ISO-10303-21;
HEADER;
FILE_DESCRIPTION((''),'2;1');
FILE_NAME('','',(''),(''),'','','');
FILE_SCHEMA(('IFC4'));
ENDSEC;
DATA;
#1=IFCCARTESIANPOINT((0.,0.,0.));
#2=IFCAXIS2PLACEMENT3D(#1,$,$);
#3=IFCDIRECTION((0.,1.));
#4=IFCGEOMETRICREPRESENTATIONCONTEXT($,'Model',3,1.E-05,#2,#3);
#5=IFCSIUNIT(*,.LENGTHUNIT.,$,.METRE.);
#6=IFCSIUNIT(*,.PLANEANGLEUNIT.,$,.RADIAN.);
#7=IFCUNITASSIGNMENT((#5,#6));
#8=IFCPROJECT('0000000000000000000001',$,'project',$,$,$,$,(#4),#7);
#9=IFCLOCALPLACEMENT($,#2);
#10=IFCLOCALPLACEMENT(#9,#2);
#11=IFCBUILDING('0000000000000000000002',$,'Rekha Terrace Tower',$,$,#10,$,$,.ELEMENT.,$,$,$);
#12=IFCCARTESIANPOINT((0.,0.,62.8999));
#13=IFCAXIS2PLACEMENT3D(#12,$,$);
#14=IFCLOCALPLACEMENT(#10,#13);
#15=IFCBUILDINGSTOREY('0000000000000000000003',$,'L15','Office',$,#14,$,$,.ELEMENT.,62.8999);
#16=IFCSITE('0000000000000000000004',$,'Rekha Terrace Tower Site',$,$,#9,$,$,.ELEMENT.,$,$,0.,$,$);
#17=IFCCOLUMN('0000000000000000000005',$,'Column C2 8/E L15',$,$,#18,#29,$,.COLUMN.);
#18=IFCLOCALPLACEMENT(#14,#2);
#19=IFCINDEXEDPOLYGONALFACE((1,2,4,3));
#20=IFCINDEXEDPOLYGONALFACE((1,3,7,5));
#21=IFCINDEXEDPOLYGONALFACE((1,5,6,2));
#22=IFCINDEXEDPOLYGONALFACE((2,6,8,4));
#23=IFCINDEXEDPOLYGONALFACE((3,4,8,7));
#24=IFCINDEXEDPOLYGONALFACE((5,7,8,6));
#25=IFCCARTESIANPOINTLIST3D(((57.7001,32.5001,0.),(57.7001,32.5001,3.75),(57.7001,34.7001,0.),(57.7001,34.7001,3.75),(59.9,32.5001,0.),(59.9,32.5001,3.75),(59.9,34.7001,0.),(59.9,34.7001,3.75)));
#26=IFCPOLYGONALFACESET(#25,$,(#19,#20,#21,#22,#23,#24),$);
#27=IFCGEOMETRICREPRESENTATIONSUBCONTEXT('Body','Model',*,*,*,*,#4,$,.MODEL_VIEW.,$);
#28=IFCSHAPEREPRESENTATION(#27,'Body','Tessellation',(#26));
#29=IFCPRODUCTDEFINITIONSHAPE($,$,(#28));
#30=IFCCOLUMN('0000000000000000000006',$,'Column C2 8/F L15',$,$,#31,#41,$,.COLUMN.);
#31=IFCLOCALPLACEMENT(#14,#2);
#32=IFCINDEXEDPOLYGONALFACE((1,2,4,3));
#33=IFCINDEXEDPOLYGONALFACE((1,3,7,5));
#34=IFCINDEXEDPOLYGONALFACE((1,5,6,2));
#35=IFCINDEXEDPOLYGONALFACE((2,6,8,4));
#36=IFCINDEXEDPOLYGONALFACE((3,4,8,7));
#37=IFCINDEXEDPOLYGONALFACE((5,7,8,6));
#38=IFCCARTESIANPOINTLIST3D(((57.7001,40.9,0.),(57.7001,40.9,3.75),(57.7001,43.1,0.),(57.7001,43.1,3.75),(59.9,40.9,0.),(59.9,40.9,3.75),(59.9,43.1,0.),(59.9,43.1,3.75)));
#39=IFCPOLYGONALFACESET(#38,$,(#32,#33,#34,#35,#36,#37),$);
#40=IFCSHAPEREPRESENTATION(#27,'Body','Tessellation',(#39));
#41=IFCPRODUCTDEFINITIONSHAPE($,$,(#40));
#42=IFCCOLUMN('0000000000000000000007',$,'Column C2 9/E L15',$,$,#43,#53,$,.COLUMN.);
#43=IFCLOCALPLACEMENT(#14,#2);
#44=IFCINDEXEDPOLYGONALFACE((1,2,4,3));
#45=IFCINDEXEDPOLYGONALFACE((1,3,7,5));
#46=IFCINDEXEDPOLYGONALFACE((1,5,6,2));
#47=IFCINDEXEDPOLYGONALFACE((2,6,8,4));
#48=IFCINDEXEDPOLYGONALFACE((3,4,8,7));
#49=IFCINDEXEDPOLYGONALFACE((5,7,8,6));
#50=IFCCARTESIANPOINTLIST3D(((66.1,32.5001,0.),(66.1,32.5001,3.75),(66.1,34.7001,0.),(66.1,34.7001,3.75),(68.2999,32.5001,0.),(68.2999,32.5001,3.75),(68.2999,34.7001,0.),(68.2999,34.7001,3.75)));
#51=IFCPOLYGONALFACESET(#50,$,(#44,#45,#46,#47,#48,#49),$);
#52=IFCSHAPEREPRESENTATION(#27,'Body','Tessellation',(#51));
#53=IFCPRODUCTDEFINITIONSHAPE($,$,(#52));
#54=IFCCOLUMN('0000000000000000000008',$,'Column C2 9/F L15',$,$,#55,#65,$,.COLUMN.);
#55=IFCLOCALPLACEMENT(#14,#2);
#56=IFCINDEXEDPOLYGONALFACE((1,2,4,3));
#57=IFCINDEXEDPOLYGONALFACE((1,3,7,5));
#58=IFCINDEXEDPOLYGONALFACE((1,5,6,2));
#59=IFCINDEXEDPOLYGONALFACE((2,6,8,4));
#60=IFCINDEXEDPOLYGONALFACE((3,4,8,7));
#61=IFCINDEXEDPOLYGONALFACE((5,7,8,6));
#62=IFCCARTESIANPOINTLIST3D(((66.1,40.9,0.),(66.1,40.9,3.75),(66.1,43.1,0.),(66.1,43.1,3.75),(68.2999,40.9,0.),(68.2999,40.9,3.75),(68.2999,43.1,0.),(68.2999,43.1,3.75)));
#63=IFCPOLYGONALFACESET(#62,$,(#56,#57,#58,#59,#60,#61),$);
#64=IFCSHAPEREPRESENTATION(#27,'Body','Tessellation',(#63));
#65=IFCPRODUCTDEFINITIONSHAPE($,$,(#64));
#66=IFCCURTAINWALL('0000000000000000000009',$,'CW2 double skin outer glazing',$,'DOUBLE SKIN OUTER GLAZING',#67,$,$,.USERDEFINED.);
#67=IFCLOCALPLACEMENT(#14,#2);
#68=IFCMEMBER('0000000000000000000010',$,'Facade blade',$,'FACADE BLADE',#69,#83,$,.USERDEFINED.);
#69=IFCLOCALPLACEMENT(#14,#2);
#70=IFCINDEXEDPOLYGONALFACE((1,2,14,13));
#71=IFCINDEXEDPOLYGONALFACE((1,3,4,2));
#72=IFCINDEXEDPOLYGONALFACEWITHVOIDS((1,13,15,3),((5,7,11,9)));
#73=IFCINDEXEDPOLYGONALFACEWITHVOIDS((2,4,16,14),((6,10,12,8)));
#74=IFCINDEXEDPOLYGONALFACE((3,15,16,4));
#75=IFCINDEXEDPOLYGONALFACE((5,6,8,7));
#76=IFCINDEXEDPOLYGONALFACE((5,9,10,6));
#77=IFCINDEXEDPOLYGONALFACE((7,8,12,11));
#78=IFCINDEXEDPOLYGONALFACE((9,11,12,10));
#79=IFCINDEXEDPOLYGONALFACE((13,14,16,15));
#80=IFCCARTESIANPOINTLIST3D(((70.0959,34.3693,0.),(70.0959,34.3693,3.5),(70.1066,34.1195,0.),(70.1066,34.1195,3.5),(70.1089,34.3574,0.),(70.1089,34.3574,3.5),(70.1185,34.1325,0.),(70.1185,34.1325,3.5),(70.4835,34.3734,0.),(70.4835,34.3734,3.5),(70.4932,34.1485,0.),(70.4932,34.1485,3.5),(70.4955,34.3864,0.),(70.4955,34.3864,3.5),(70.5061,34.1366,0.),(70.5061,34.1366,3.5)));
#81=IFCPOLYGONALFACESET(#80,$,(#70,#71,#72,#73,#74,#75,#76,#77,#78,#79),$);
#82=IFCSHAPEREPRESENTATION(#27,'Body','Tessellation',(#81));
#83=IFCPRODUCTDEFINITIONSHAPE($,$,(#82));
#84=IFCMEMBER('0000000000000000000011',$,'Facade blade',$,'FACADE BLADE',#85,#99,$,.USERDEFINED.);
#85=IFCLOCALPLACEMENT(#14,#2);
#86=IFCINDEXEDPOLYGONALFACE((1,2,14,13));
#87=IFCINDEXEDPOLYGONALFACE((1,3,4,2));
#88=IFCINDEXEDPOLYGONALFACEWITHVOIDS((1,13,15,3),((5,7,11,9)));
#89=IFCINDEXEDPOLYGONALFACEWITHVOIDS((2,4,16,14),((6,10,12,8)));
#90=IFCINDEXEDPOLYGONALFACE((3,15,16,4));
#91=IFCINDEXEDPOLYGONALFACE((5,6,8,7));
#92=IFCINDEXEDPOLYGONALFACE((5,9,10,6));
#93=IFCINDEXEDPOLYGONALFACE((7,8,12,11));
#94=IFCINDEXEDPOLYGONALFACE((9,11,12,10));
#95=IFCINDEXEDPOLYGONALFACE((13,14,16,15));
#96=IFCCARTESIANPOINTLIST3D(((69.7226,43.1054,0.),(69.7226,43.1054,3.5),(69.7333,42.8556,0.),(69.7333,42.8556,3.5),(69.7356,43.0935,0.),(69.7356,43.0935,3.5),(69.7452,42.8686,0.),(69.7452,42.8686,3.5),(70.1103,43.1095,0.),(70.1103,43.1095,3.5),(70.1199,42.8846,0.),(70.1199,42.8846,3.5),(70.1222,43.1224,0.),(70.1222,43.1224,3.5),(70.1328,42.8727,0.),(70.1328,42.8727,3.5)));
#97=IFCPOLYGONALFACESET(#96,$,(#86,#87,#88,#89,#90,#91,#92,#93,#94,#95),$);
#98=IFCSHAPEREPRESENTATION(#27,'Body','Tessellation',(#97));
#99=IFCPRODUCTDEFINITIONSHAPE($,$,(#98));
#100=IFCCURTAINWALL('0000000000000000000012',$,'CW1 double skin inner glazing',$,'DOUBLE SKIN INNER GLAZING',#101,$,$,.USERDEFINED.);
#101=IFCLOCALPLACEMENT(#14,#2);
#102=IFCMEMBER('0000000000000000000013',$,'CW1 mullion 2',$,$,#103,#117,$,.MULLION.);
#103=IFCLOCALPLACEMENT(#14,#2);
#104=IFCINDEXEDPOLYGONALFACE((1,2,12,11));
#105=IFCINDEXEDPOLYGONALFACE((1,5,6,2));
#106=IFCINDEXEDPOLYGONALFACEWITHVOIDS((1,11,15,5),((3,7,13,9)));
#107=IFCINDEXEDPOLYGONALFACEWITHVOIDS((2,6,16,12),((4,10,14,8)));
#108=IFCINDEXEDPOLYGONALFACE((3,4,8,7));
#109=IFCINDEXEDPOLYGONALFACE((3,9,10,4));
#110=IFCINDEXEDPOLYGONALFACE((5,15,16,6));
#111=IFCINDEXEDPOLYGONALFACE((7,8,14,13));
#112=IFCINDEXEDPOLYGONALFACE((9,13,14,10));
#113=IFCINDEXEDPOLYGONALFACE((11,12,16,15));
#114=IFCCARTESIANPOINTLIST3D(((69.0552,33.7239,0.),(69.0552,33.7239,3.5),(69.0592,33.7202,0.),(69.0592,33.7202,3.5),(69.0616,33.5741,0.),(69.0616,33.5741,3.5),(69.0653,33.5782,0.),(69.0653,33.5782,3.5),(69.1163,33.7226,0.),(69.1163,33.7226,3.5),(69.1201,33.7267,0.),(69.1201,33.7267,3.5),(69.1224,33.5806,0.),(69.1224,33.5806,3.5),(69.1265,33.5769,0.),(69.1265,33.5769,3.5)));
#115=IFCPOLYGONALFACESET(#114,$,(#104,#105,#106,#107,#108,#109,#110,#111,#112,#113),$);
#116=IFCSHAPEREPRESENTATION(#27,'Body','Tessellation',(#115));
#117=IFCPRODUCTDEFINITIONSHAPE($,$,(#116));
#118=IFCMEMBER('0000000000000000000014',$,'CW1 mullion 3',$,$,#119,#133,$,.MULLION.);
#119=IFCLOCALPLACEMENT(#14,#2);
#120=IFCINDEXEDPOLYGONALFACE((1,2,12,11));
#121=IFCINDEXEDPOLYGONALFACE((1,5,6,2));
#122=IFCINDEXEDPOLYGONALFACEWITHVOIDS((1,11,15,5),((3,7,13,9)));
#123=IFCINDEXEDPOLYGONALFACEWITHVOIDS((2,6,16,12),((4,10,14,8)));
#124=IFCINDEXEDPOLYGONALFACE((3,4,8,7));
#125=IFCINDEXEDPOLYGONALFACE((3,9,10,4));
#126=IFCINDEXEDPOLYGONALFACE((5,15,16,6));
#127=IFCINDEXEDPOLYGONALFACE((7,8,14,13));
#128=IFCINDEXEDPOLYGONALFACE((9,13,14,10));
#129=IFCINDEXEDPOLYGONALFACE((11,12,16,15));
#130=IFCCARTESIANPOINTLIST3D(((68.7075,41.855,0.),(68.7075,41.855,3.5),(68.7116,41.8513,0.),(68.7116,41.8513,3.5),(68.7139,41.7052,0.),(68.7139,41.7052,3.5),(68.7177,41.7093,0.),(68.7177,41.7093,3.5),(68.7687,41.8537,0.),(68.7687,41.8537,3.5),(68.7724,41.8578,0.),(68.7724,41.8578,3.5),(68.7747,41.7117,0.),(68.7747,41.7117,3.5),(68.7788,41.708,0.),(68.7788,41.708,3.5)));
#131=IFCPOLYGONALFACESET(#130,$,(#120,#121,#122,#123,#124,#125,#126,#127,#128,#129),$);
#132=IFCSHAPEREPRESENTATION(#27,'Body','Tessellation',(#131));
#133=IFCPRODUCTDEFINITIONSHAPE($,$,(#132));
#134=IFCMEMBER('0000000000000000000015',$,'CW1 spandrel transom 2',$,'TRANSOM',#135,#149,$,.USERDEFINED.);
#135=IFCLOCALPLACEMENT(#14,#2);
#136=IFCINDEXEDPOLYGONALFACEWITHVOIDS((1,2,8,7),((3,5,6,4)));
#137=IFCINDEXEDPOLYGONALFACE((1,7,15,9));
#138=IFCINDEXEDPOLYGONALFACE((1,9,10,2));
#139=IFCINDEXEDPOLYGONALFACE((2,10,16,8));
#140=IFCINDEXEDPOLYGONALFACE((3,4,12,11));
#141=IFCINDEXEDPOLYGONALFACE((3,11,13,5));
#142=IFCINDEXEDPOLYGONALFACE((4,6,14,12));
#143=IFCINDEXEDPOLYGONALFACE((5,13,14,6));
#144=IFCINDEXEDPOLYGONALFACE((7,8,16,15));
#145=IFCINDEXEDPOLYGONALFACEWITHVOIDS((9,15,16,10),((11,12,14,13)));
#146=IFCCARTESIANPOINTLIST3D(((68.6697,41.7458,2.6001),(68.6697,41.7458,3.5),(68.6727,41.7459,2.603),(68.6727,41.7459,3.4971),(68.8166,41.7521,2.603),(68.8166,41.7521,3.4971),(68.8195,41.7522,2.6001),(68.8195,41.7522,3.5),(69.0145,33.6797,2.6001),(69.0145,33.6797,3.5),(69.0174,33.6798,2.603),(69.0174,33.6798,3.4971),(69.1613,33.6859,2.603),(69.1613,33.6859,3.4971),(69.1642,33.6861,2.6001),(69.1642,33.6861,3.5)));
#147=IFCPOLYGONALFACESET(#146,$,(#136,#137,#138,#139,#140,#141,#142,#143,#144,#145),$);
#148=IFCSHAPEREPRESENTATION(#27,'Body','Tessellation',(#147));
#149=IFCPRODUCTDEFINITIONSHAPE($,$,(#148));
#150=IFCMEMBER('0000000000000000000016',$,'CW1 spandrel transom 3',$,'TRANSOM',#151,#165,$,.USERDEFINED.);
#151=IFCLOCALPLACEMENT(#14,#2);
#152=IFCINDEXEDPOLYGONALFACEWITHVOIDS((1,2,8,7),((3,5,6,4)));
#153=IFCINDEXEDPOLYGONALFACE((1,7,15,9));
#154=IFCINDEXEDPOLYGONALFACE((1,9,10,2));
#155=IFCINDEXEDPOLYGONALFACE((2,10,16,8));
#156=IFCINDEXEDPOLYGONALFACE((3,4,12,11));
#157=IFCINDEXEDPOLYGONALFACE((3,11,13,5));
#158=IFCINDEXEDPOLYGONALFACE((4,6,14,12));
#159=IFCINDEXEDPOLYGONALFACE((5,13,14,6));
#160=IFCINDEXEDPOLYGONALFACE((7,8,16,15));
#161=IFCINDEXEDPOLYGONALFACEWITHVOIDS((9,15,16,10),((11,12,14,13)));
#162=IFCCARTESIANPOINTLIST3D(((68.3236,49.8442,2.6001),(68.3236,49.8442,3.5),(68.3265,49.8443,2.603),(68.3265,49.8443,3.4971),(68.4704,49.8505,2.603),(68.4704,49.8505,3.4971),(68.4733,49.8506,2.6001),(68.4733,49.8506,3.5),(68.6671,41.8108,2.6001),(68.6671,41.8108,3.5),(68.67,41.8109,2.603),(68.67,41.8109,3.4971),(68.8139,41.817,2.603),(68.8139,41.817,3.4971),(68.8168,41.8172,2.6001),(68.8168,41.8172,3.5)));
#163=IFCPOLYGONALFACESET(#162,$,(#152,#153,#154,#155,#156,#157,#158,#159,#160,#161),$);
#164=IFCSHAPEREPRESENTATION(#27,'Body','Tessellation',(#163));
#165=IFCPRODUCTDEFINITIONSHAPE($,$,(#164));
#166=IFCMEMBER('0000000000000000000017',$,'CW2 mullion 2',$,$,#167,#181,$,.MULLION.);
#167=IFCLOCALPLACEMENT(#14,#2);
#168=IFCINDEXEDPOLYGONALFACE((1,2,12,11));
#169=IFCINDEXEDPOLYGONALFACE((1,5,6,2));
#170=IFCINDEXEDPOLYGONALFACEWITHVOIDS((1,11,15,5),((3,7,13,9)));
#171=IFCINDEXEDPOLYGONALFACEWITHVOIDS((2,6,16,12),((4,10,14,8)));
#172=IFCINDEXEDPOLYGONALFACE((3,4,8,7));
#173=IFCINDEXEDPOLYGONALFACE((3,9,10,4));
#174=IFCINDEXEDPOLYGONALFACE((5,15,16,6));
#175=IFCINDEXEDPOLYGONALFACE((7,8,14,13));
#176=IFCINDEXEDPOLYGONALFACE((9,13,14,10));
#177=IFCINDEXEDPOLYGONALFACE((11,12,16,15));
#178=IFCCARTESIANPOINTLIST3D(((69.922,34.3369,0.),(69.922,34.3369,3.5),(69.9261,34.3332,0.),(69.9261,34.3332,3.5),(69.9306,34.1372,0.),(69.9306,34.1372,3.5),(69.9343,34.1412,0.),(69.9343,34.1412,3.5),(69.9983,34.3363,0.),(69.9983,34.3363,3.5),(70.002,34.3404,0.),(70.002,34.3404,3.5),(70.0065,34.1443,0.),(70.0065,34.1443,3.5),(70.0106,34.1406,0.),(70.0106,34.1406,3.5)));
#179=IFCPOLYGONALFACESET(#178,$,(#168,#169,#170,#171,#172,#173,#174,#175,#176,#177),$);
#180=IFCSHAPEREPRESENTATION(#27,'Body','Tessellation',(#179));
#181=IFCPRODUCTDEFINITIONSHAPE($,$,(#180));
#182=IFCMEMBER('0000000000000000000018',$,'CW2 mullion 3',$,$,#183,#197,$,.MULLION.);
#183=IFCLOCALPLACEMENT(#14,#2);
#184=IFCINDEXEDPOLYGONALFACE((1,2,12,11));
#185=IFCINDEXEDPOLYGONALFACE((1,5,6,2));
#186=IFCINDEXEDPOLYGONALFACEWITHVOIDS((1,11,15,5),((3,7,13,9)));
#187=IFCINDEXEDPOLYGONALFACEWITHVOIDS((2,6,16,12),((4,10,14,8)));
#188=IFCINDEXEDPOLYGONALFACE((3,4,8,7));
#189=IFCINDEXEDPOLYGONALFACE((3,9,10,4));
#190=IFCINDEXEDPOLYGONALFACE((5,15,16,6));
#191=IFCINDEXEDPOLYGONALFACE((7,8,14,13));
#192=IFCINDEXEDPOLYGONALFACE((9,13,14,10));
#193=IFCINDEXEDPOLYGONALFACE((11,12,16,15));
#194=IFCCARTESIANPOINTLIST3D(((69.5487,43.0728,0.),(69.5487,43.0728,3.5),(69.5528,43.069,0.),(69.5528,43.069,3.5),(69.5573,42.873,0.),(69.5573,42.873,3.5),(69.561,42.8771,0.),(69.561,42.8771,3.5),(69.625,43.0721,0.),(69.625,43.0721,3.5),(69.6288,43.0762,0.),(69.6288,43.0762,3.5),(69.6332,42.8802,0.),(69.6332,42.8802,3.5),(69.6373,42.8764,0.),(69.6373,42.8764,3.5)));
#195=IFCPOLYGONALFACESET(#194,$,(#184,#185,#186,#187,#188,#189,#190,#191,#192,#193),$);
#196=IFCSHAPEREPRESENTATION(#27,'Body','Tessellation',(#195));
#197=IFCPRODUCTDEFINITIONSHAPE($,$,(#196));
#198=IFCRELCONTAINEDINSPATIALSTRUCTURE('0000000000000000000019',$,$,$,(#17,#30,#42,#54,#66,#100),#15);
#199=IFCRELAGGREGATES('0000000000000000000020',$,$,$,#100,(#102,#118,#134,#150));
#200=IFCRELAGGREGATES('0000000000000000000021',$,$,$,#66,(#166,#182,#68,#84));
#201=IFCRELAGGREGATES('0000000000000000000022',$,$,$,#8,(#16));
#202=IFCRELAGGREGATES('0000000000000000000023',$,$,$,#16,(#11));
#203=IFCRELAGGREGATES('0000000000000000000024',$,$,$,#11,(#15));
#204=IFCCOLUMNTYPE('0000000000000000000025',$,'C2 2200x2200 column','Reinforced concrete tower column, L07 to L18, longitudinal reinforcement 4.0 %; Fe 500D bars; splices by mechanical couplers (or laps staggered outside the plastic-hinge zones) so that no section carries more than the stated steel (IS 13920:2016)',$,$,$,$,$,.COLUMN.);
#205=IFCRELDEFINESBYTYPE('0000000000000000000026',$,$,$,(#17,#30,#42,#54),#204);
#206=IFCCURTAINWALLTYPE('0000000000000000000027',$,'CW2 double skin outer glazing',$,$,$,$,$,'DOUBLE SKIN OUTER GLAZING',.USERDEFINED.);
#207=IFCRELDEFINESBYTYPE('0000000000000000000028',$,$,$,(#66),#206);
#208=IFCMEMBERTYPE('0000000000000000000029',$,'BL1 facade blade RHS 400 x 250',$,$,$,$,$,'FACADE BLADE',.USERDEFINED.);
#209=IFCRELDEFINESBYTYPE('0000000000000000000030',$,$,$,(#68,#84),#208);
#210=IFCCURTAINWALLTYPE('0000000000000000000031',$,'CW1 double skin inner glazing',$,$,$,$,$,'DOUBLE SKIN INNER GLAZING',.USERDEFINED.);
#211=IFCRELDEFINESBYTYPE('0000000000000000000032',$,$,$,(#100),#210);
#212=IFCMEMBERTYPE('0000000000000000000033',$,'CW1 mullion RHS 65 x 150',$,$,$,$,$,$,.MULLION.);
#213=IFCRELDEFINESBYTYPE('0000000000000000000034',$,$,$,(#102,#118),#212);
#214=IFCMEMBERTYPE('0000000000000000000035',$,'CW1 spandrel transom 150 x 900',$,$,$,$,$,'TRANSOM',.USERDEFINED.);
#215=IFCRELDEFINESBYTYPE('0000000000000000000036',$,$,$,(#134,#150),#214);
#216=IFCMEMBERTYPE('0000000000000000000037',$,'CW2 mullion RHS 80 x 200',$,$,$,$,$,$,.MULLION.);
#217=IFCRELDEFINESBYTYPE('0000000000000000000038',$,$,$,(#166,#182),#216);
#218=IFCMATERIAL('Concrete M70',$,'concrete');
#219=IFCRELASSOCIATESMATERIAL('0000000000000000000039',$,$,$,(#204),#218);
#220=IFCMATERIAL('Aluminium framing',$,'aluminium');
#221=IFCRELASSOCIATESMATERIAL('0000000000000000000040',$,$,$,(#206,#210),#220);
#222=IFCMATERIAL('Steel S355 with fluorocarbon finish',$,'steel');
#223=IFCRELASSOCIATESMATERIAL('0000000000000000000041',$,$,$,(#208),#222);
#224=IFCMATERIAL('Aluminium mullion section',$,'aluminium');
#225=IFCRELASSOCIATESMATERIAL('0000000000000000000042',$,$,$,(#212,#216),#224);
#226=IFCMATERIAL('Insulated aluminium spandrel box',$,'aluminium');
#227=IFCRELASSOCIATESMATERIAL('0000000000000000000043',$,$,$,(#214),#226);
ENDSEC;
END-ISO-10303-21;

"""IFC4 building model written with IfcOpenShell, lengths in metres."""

from ifc_helpers import new_model, si_unit, direction, frame, origin, origin_2d, place, context, subcontext, project, spatial, rectangle, hollow_rectangle, extrude, material, material_profile, profile_set, type_object, element, aggregate, save


model = new_model("IFC4")

# Units and contexts
model_context = context("Model", 3, precision=1e-05, world=origin(), true_north=direction((0.0, 1.0)))
body_context = subcontext(model_context, "Body", "Model", "MODEL_VIEW")
ifc_project = project(units=[si_unit("LENGTHUNIT", "METRE"), si_unit("PLANEANGLEUNIT", "RADIAN")], contexts=[model_context])

# Site, building, storey
site_placement = place(None, origin())
site = spatial("IfcSite", under=ifc_project, at=site_placement, Name="Rekha Terrace Tower Site", CompositionType="ELEMENT", RefElevation=0.0)
building_placement = place(site_placement, origin())
building = spatial("IfcBuilding", under=site, at=building_placement, Name="Rekha Terrace Tower", CompositionType="ELEMENT")
storey_placement = place(building_placement, frame((0.0, 0.0, 62.8999)))
storey = spatial("IfcBuildingStorey", under=building, at=storey_placement, Name="L15", Description="Office", CompositionType="ELEMENT", Elevation=62.8999)

# Columns
ifc_material_1 = material(Name="Concrete M70", Category="concrete")
ifc_material_profile_1 = material_profile(ifc_material_1, rectangle(XDim=2.2, YDim=2.2, at=origin_2d()), Name="RC 2200x2200")
ifc_profile_set_1 = profile_set([ifc_material_profile_1], Name="Concrete M70")
column_type = type_object("IfcColumnType", Name="C2 2200x2200 column", Description="Reinforced concrete tower column, L07 to L18, longitudinal reinforcement 4.0 %; Fe 500D bars; splices by mechanical couplers (or laps staggered outside the plastic-hinge zones) so that no section carries more than the stated steel (IS 13920:2016)", PredefinedType="COLUMN", material=ifc_profile_set_1)
for number, where, z_axis, x_axis, name in (
    (1, (58.8, 33.6001, 0.0), (0.0, 0.0, 1.0), (1.0, 0.0, 0.0), "Column C2 8/E L15"),
    (2, (58.8, 42.0, 0.0), (0.0, 0.0, 1.0), (1.0, 0.0, 0.0), "Column C2 8/F L15"),
    (3, (67.2, 33.6001, 0.0), (0.0, 0.0, 1.0), (1.0, 0.0, 0.0), "Column C2 9/E L15"),
    (4, (67.2, 42.0, 0.0), (0.0, 0.0, 1.0), (1.0, 0.0, 0.0), "Column C2 9/F L15"),
):
    element("IfcColumn", number, at=place(storey_placement, frame(where, z_axis=z_axis, x_axis=x_axis)), inside=storey, type_object=column_type, Name=name, PredefinedType="COLUMN", context=body_context, shape_type="SweptSolid", body=[
        extrude(rectangle(XDim=2.2, YDim=2.2, at=origin_2d()), origin(), (0.0, 0.0, 1.0), 3.75),
    ])

# Curtain walls, members
ifc_material_2 = material(Name="Aluminium framing", Category="aluminium")
curtain_wall_type_1 = type_object("IfcCurtainWallType", Name="CW2 double skin outer glazing", ElementType="DOUBLE SKIN OUTER GLAZING", PredefinedType="USERDEFINED", material=ifc_material_2)
curtain_wall_1_placement = place(storey_placement, origin())
curtain_wall_1 = element("IfcCurtainWall", 5, at=curtain_wall_1_placement, inside=storey, type_object=curtain_wall_type_1, Name="CW2 double skin outer glazing", ObjectType="DOUBLE SKIN OUTER GLAZING", PredefinedType="USERDEFINED")
ifc_material_3 = material(Name="Steel S355 with fluorocarbon finish", Category="steel")
ifc_material_profile_2 = material_profile(ifc_material_3, hollow_rectangle(XDim=0.25, YDim=0.3999, WallThickness=0.0125, at=origin_2d()), Name="RHS400x250x12.5")
ifc_profile_set_2 = profile_set([ifc_material_profile_2], Name="Steel S355 with fluorocarbon finish")
member_type_1 = type_object("IfcMemberType", Name="BL1 facade blade RHS 400 x 250", ElementType="FACADE BLADE", PredefinedType="USERDEFINED", material=ifc_profile_set_2)
member_1_placement = place(storey_placement, frame((70.301, 34.2529, 0.0), z_axis=(0.0, 0.0, 1.0), x_axis=(-0.042695, 0.999088, 0.0)))
member_1 = element("IfcMember", 6, at=member_1_placement, type_object=member_type_1, Name="Facade blade", ObjectType="FACADE BLADE", PredefinedType="USERDEFINED", context=body_context, shape_type="SweptSolid", body=[
    extrude(hollow_rectangle(XDim=0.25, YDim=0.3999, WallThickness=0.0125, at=origin_2d()), origin(), (0.0, 0.0, 1.0), 3.5),
])
member_2_placement = place(storey_placement, frame((69.9277, 42.989, 0.0), z_axis=(0.0, 0.0, 1.0), x_axis=(-0.042695, 0.999088, 0.0)))
member_2 = element("IfcMember", 7, at=member_2_placement, type_object=member_type_1, Name="Facade blade", ObjectType="FACADE BLADE", PredefinedType="USERDEFINED", context=body_context, shape_type="SweptSolid", body=[
    extrude(hollow_rectangle(XDim=0.25, YDim=0.3999, WallThickness=0.0125, at=origin_2d()), origin(), (0.0, 0.0, 1.0), 3.5),
])
curtain_wall_type_2 = type_object("IfcCurtainWallType", Name="CW1 double skin inner glazing", ElementType="DOUBLE SKIN INNER GLAZING", PredefinedType="USERDEFINED", material=ifc_material_2)
curtain_wall_2_placement = place(storey_placement, origin())
curtain_wall_2 = element("IfcCurtainWall", 8, at=curtain_wall_2_placement, inside=storey, type_object=curtain_wall_type_2, Name="CW1 double skin inner glazing", ObjectType="DOUBLE SKIN INNER GLAZING", PredefinedType="USERDEFINED")
ifc_material_4 = material(Name="Aluminium mullion section", Category="aluminium")
ifc_material_profile_3 = material_profile(ifc_material_4, hollow_rectangle(XDim=0.0649, YDim=0.1499, WallThickness=0.0039, at=origin_2d()), Name="AL RHS 65x150")
ifc_profile_set_3 = profile_set([ifc_material_profile_3], Name="Aluminium mullion section")
member_type_2 = type_object("IfcMemberType", Name="CW1 mullion RHS 65 x 150", PredefinedType="MULLION", material=ifc_profile_set_3)
member_3_placement = place(storey_placement, frame((69.0908, 33.6504, 0.0), z_axis=(0.0, 0.0, 1.0), x_axis=(-0.999088, -0.042696, 0.0)))
member_3 = element("IfcMember", 9, at=member_3_placement, type_object=member_type_2, Name="CW1 mullion 2", PredefinedType="MULLION", context=body_context, shape_type="SweptSolid", body=[
    extrude(hollow_rectangle(XDim=0.0649, YDim=0.1499, WallThickness=0.0039, at=origin_2d()), origin(), (0.0, 0.0, 1.0), 3.5),
])
member_4_placement = place(storey_placement, frame((68.7432, 41.7815, 0.0), z_axis=(0.0, 0.0, 1.0), x_axis=(-0.999088, -0.042696, 0.0)))
member_4 = element("IfcMember", 10, at=member_4_placement, type_object=member_type_2, Name="CW1 mullion 3", PredefinedType="MULLION", context=body_context, shape_type="SweptSolid", body=[
    extrude(hollow_rectangle(XDim=0.0649, YDim=0.1499, WallThickness=0.0039, at=origin_2d()), origin(), (0.0, 0.0, 1.0), 3.5),
])
ifc_material_5 = material(Name="Insulated aluminium spandrel box", Category="aluminium")
ifc_material_profile_4 = material_profile(ifc_material_5, hollow_rectangle(XDim=0.1499, YDim=0.8999, WallThickness=0.0029, at=origin_2d()), Name="AL SPANDREL BOX 150x900")
ifc_profile_set_4 = profile_set([ifc_material_profile_4], Name="Insulated aluminium spandrel box")
member_type_3 = type_object("IfcMemberType", Name="CW1 spandrel transom 150 x 900", ElementType="TRANSOM", PredefinedType="USERDEFINED", material=ifc_profile_set_4)
member_5_placement = place(storey_placement, frame((69.0894, 33.6829, 3.05), z_axis=(-0.042698, 0.999088, 0.0), x_axis=(-0.999088, -0.042698, 0.0)))
member_5 = element("IfcMember", 11, at=member_5_placement, type_object=member_type_3, Name="CW1 spandrel transom 2", ObjectType="TRANSOM", PredefinedType="USERDEFINED", context=body_context, shape_type="SweptSolid", body=[
    extrude(hollow_rectangle(XDim=0.1499, YDim=0.8999, WallThickness=0.0029, at=origin_2d()), origin(), (0.0, 0.0, 1.0), 8.0735),
])
member_6_placement = place(storey_placement, frame((68.7419, 41.814, 3.05), z_axis=(-0.04272, 0.999087, 0.0), x_axis=(-0.999087, -0.04272, 0.0)))
member_6 = element("IfcMember", 12, at=member_6_placement, type_object=member_type_3, Name="CW1 spandrel transom 3", ObjectType="TRANSOM", PredefinedType="USERDEFINED", context=body_context, shape_type="SweptSolid", body=[
    extrude(hollow_rectangle(XDim=0.1499, YDim=0.8999, WallThickness=0.0029, at=origin_2d()), origin(), (0.0, 0.0, 1.0), 8.0408),
])

# Members
ifc_material_profile_5 = material_profile(ifc_material_4, hollow_rectangle(XDim=0.0801, YDim=0.2, WallThickness=0.0039, at=origin_2d()), Name="AL RHS 80x200")
ifc_profile_set_5 = profile_set([ifc_material_profile_5], Name="Aluminium mullion section")
member_type_4 = type_object("IfcMemberType", Name="CW2 mullion RHS 80 x 200", PredefinedType="MULLION", material=ifc_profile_set_5)
member_7_placement = place(storey_placement, frame((69.9663, 34.2388, 0.0), z_axis=(0.0, 0.0, 1.0), x_axis=(-0.999088, -0.042696, 0.0)))
member_7 = element("IfcMember", 13, at=member_7_placement, type_object=member_type_4, Name="CW2 mullion 2", PredefinedType="MULLION", context=body_context, shape_type="SweptSolid", body=[
    extrude(hollow_rectangle(XDim=0.0801, YDim=0.2, WallThickness=0.0039, at=origin_2d()), origin(), (0.0, 0.0, 1.0), 3.5),
])
member_8_placement = place(storey_placement, frame((69.593, 42.9746, 0.0), z_axis=(0.0, 0.0, 1.0), x_axis=(-0.999088, -0.042696, 0.0)))
member_8 = element("IfcMember", 14, at=member_8_placement, type_object=member_type_4, Name="CW2 mullion 3", PredefinedType="MULLION", context=body_context, shape_type="SweptSolid", body=[
    extrude(hollow_rectangle(XDim=0.0801, YDim=0.2, WallThickness=0.0039, at=origin_2d()), origin(), (0.0, 0.0, 1.0), 3.5),
])

aggregate(curtain_wall_2, [member_3, member_4, member_5, member_6])
aggregate(curtain_wall_1, [member_7, member_8, member_1, member_2])

save(model, "model.ifc")
